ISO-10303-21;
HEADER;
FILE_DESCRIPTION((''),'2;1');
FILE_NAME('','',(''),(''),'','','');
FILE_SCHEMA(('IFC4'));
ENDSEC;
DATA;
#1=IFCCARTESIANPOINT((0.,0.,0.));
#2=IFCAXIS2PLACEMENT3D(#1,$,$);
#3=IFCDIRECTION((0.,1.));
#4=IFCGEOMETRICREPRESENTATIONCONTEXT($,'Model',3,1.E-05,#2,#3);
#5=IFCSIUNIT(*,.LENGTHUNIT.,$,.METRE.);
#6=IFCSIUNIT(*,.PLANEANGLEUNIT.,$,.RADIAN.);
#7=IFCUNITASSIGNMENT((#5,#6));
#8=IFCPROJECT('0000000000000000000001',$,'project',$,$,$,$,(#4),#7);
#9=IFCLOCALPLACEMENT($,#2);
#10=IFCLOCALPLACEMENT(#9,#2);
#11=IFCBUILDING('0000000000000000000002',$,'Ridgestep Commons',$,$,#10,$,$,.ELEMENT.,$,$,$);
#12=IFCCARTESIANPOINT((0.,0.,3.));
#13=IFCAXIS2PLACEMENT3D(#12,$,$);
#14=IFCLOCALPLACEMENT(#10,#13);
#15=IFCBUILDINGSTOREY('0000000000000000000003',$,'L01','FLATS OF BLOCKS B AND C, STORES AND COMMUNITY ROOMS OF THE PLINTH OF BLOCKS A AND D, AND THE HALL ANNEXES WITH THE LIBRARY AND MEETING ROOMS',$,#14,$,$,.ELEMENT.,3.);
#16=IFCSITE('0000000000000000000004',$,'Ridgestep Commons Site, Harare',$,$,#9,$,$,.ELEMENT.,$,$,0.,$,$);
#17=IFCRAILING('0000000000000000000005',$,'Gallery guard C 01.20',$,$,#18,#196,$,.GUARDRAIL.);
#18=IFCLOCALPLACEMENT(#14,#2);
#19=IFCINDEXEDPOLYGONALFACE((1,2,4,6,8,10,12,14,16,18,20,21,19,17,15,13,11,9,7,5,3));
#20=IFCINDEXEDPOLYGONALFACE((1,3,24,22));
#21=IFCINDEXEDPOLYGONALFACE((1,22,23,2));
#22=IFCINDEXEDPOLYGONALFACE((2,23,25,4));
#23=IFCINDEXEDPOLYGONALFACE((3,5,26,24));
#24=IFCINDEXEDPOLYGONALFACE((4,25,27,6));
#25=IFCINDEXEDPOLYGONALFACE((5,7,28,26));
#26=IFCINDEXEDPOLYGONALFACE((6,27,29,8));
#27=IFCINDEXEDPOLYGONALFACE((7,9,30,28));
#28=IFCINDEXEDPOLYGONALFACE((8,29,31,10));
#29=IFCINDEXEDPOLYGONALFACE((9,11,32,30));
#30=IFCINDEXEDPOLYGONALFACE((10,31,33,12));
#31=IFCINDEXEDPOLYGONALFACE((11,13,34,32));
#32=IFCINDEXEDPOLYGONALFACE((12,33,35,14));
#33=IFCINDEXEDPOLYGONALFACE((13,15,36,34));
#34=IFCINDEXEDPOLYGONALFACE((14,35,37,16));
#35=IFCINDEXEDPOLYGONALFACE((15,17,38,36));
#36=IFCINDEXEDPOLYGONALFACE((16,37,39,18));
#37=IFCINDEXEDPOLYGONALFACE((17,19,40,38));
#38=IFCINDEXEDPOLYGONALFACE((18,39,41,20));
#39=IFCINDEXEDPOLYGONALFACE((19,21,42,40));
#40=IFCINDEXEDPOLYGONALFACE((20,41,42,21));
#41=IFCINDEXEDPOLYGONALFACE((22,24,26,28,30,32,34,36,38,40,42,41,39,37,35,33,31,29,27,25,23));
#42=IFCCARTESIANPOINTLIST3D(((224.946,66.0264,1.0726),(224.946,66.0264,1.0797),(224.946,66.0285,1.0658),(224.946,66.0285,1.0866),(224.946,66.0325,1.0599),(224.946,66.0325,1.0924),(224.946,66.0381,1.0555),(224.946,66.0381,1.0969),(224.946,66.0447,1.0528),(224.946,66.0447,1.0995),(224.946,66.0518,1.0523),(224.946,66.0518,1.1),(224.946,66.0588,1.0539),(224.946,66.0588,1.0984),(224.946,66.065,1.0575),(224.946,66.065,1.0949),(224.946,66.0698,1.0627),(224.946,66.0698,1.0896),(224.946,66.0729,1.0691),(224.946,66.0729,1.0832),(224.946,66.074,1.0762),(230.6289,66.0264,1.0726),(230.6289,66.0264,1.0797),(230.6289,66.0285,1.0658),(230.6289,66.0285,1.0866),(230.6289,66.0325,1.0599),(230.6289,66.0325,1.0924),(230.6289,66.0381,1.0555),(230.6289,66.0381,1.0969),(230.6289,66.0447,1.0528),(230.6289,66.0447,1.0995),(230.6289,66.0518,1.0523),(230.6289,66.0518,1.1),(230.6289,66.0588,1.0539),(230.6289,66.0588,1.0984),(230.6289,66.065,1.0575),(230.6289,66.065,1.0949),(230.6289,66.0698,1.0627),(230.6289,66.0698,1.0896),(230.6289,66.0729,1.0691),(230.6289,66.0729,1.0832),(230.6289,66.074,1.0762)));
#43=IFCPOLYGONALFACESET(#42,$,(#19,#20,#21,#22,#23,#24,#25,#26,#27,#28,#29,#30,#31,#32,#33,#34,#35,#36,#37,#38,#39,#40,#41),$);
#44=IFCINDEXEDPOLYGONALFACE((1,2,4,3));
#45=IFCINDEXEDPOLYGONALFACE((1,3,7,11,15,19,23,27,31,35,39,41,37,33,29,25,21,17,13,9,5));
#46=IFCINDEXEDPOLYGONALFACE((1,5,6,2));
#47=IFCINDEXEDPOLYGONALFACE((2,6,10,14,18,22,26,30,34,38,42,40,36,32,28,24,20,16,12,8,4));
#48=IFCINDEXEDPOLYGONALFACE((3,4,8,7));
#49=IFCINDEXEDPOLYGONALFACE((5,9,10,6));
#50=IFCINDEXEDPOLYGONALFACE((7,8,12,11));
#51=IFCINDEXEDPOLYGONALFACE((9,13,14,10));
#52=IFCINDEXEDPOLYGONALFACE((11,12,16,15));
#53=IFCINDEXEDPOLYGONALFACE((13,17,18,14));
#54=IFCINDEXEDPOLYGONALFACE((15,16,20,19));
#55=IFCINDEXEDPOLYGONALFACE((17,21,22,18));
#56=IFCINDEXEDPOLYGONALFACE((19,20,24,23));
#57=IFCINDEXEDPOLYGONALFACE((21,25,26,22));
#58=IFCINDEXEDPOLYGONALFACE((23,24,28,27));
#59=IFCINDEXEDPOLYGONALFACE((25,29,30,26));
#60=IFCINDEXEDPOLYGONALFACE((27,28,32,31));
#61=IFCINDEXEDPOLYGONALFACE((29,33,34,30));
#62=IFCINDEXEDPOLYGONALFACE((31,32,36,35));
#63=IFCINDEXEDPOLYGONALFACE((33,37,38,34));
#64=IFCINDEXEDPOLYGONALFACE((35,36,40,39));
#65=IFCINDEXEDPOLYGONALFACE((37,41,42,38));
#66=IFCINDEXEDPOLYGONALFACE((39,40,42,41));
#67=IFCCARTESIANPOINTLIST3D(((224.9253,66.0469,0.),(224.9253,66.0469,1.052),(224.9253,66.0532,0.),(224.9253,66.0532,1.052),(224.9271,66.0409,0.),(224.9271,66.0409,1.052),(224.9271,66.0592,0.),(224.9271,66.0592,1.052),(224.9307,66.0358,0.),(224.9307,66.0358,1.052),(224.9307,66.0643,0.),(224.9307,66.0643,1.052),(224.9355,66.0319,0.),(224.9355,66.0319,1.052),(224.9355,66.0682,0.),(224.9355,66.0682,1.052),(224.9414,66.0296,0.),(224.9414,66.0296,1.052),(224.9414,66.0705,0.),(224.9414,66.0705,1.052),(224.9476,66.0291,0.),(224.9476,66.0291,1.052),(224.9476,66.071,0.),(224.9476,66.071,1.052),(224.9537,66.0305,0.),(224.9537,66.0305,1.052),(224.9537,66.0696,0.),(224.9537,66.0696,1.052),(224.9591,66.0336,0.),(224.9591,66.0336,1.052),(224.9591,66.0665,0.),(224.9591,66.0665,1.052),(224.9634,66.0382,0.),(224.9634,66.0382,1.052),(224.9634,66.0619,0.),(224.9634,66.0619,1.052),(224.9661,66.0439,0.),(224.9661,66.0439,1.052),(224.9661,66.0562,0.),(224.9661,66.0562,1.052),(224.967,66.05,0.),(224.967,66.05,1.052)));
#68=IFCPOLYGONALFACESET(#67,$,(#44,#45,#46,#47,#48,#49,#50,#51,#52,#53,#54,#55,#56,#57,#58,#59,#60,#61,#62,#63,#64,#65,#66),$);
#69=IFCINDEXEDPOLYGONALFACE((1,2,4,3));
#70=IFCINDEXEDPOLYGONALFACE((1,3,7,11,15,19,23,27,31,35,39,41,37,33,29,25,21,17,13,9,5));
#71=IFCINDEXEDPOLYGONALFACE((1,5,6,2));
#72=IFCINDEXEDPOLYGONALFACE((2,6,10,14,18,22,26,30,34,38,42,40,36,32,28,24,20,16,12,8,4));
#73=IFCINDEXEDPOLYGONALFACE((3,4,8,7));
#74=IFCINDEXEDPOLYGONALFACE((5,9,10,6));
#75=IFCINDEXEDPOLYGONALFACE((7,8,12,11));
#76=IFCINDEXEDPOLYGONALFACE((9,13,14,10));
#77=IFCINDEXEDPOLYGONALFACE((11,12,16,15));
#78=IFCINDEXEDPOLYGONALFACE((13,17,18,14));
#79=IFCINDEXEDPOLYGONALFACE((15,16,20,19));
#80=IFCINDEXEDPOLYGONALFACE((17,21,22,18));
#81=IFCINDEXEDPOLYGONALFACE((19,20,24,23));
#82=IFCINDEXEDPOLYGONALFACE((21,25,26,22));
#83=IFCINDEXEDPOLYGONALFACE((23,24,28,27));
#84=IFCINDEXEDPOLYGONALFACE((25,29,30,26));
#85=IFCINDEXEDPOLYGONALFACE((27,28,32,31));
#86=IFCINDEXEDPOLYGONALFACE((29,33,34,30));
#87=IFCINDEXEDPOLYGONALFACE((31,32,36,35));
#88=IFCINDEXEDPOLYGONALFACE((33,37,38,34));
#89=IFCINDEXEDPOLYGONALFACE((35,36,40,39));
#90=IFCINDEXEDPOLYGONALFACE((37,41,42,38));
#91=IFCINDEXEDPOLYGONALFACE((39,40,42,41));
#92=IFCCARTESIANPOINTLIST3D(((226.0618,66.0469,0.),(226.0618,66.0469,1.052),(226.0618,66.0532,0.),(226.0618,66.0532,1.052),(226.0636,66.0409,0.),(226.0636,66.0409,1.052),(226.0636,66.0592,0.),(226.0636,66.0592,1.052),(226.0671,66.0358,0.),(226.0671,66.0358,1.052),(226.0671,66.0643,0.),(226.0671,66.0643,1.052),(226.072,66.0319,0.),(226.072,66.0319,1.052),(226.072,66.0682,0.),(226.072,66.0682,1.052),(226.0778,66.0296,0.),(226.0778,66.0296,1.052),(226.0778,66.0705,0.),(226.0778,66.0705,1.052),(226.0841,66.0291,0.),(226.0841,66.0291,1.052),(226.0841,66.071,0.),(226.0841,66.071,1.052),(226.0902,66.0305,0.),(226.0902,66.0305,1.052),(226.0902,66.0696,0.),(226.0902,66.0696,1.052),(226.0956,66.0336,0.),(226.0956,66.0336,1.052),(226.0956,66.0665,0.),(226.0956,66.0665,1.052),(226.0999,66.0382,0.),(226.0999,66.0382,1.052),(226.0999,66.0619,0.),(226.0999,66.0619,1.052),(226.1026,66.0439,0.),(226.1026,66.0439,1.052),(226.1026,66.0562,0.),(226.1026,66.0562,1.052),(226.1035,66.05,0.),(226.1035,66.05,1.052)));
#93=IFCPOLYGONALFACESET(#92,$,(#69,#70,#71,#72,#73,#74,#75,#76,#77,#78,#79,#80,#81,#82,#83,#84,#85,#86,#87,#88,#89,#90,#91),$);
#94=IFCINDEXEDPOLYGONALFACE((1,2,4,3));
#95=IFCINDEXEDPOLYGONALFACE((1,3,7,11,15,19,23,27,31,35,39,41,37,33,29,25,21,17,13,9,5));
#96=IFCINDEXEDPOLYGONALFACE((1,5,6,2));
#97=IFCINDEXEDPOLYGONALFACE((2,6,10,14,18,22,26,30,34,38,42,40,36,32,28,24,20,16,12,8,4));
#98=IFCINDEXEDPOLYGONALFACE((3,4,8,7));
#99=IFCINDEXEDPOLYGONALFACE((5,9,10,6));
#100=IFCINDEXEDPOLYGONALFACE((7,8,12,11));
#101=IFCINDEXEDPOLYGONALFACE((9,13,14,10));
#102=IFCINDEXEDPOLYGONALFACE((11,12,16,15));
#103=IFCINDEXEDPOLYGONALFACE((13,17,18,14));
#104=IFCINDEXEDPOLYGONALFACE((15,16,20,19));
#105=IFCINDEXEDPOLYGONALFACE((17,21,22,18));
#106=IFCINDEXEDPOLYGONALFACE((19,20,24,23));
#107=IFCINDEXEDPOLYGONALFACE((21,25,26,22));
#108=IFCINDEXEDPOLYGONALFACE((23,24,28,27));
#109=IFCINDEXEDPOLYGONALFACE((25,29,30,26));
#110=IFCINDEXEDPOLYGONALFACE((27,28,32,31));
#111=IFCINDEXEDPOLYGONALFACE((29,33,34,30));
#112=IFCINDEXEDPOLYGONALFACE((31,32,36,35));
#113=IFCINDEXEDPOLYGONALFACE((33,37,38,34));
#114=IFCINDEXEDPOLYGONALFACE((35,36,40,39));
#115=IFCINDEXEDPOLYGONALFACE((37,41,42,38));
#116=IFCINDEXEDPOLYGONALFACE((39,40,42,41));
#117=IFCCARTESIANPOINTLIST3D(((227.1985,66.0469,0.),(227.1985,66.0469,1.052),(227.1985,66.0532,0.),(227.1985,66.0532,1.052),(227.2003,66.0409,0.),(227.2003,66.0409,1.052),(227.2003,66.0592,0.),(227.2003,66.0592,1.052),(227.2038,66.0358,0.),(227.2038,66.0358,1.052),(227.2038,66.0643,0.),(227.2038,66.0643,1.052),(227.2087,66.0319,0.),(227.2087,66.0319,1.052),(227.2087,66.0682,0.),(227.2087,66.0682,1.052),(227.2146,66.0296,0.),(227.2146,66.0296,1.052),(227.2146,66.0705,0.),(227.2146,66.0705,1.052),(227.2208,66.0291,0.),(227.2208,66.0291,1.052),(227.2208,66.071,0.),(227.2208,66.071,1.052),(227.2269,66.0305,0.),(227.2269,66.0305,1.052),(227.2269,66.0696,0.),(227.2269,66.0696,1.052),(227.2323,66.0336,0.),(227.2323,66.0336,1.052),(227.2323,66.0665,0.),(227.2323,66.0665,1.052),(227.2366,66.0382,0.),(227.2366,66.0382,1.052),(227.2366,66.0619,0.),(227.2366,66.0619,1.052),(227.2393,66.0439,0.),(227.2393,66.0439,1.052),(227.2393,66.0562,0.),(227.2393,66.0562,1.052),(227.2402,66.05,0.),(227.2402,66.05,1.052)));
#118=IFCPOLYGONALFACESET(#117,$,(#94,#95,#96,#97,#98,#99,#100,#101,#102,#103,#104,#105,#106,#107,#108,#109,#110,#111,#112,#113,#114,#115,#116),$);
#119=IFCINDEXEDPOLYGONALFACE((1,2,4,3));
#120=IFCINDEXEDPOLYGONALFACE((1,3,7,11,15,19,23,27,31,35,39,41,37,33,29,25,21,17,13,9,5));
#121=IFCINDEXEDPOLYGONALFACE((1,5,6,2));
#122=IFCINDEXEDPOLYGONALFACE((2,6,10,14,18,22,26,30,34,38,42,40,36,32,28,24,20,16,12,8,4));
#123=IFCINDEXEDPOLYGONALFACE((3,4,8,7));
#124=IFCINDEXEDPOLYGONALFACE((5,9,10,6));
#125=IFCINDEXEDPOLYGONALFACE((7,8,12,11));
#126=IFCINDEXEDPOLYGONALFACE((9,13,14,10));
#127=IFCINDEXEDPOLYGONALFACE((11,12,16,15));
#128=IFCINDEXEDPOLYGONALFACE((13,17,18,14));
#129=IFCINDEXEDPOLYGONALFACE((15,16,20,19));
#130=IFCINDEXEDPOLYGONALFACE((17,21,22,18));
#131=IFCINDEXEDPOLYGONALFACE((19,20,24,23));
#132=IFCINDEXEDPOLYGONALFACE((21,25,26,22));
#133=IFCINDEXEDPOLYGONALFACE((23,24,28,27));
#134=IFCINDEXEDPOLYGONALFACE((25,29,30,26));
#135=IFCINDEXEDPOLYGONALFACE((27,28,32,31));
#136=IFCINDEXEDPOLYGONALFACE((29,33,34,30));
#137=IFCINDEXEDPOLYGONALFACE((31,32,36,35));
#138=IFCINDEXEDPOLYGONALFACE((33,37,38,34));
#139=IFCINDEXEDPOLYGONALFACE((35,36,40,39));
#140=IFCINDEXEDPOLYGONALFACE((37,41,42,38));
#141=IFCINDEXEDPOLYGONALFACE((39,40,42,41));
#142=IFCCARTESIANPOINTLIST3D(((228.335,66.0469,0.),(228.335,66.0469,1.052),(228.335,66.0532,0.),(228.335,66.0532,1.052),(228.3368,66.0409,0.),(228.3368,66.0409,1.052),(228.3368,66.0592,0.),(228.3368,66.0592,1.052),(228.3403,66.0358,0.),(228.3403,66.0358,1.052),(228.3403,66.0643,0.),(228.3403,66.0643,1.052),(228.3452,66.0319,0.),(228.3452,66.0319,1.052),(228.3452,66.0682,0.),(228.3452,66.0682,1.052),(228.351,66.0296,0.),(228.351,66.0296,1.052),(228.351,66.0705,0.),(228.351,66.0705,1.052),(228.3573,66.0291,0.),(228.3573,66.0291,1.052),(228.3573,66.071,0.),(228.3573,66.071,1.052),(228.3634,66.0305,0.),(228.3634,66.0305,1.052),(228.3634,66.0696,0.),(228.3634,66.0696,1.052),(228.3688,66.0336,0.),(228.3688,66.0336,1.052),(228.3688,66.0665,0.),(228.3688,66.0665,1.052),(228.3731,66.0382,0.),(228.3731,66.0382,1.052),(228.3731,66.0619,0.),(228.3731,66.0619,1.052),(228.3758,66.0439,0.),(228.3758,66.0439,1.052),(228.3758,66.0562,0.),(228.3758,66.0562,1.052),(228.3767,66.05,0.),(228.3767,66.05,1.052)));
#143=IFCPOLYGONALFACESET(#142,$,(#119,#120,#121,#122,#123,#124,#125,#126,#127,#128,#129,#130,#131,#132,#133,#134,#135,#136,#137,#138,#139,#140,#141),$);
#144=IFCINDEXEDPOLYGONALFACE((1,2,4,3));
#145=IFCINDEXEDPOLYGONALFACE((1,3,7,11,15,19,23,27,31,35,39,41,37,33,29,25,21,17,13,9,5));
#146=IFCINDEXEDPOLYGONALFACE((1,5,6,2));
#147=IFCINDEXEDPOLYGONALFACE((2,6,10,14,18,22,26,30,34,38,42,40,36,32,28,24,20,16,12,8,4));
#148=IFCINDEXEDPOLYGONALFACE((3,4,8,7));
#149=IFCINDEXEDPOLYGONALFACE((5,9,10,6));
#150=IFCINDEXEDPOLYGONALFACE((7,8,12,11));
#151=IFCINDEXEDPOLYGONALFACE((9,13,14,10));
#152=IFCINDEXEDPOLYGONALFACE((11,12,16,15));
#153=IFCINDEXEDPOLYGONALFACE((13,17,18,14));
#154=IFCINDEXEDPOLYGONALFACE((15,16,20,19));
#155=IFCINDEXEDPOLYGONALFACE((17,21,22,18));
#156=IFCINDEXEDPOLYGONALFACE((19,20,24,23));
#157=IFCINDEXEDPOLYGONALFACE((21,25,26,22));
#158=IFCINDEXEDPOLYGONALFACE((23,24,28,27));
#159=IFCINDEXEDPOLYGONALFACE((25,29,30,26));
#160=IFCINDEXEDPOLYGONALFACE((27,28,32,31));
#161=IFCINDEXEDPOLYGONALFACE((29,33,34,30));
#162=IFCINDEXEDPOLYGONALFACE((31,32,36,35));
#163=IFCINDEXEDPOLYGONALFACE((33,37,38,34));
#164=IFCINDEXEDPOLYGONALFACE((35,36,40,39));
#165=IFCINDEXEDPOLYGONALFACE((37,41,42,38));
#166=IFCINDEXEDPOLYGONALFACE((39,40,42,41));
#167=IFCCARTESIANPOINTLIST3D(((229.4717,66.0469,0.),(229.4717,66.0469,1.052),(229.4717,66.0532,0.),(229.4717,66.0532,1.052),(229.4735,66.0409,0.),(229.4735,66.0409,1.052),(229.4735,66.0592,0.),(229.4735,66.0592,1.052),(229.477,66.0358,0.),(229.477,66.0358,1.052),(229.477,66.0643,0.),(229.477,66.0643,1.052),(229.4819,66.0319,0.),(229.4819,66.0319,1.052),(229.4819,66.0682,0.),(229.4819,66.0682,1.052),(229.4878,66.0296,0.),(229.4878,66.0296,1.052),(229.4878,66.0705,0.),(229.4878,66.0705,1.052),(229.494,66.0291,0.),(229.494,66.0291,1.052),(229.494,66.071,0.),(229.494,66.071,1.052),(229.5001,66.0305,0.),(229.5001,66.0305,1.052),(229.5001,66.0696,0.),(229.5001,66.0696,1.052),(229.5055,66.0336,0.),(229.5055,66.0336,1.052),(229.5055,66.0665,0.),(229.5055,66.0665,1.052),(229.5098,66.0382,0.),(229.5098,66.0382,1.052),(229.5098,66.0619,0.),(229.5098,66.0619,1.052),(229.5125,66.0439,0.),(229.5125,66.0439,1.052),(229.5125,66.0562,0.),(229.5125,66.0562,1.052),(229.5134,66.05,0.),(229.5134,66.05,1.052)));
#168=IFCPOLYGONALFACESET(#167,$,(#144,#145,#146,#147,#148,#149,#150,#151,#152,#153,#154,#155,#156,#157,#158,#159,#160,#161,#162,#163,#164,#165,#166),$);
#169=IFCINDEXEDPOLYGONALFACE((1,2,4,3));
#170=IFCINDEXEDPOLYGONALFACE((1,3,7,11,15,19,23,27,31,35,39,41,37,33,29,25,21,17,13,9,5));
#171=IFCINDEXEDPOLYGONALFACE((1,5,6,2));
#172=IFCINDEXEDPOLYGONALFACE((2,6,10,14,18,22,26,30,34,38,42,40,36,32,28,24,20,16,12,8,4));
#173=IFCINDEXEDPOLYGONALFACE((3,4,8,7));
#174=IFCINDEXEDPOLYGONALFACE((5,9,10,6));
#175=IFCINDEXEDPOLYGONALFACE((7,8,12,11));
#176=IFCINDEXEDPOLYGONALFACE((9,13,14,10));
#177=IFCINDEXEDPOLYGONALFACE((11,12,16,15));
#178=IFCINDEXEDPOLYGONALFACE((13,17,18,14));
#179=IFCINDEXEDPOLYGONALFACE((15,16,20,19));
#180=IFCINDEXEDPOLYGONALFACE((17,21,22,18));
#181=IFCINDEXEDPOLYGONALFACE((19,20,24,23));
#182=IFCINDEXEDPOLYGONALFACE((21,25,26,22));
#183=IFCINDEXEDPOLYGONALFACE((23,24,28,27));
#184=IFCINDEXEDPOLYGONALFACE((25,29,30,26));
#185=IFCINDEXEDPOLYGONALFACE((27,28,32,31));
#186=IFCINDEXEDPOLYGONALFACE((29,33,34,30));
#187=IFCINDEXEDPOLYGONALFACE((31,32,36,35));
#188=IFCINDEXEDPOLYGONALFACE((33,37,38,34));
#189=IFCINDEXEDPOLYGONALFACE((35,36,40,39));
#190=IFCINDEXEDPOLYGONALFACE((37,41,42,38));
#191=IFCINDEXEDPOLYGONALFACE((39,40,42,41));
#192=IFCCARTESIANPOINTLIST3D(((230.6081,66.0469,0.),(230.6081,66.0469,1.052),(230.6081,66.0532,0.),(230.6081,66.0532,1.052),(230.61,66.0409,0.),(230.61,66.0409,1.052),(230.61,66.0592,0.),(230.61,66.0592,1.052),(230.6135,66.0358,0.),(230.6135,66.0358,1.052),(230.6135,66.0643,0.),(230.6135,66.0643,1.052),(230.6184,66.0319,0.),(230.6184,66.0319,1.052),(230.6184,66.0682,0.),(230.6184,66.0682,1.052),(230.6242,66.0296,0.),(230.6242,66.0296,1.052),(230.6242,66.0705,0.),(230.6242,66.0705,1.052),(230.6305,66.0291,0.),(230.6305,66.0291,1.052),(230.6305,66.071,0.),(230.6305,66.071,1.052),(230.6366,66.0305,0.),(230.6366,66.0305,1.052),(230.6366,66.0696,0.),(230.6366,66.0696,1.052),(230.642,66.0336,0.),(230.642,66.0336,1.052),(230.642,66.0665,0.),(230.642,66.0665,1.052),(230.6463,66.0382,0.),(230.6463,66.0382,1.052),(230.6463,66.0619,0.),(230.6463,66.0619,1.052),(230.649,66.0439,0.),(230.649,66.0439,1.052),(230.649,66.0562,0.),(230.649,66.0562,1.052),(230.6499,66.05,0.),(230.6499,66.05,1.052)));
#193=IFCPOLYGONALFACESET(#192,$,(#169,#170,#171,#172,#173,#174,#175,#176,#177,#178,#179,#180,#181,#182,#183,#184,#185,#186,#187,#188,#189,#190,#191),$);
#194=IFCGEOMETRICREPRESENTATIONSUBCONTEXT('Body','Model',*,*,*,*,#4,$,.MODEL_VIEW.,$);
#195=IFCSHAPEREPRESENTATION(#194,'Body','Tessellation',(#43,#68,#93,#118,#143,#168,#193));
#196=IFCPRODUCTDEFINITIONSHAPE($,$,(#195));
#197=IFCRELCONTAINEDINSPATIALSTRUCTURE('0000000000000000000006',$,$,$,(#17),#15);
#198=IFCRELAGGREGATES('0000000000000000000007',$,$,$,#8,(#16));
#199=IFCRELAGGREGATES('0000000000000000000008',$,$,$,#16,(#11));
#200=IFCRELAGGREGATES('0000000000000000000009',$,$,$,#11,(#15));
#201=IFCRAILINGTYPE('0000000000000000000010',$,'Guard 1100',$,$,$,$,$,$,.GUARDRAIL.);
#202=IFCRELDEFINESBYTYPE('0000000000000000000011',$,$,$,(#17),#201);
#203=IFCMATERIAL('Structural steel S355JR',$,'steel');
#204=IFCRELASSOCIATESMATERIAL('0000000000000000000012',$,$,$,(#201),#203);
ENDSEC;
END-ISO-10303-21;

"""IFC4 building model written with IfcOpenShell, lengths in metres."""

from ifc_helpers import new_model, si_unit, direction, frame, origin, origin_2d, place, context, subcontext, project, spatial, circle, extrude, material, type_object, element, save


model = new_model("IFC4")

# Units and contexts
model_context = context("Model", 3, precision=1e-05, world=origin(), true_north=direction((0.0, 1.0)))
body_context = subcontext(model_context, "Body", "Model", "MODEL_VIEW")
ifc_project = project(units=[si_unit("LENGTHUNIT", "METRE"), si_unit("PLANEANGLEUNIT", "RADIAN")], contexts=[model_context])

# Site, building, storey
site_placement = place(None, origin())
site = spatial("IfcSite", under=ifc_project, at=site_placement, Name="Ridgestep Commons Site, Harare", CompositionType="ELEMENT", RefElevation=0.0)
building_placement = place(site_placement, origin())
building = spatial("IfcBuilding", under=site, at=building_placement, Name="Ridgestep Commons", CompositionType="ELEMENT")
storey_placement = place(building_placement, frame((0.0, 0.0, 3.0)))
storey = spatial("IfcBuildingStorey", under=building, at=storey_placement, Name="L01", Description="FLATS OF BLOCKS B AND C, STORES AND COMMUNITY ROOMS OF THE PLINTH OF BLOCKS A AND D, AND THE HALL ANNEXES WITH THE LIBRARY AND MEETING ROOMS", CompositionType="ELEMENT", Elevation=3.0)

# Railing
ifc_material_1 = material(Name="Structural steel S355JR", Category="steel")
railing_type = type_object("IfcRailingType", Name="Guard 1100", PredefinedType="GUARDRAIL", material=ifc_material_1)
railing_placement = place(storey_placement, frame((224.946, 66.05, 0.0)))
element("IfcRailing", 1, at=railing_placement, inside=storey, type_object=railing_type, Name="Gallery guard C 01.20", PredefinedType="GUARDRAIL", context=body_context, shape_type="SweptSolid", body=[
    extrude(circle(Radius=0.0239, at=origin_2d()), frame((0.0, 0.0, 1.0762), z_axis=(1.0, 0.0, 0.0), x_axis=(0.0, 1.0, 0.0)), (0.0, 0.0, 1.0), 5.6829),
    extrude(circle(Radius=0.021, at=origin_2d()), origin(), (0.0, 0.0, 1.0), 1.052),
    extrude(circle(Radius=0.021, at=origin_2d()), frame((1.1365, 0.0, 0.0)), (0.0, 0.0, 1.0), 1.052),
    extrude(circle(Radius=0.021, at=origin_2d()), frame((2.2732, 0.0, 0.0)), (0.0, 0.0, 1.0), 1.052),
    extrude(circle(Radius=0.021, at=origin_2d()), frame((3.4097, 0.0, 0.0)), (0.0, 0.0, 1.0), 1.052),
    extrude(circle(Radius=0.021, at=origin_2d()), frame((4.5464, 0.0, 0.0)), (0.0, 0.0, 1.0), 1.052),
    extrude(circle(Radius=0.021, at=origin_2d()), frame((5.6829, 0.0, 0.0)), (0.0, 0.0, 1.0), 1.052),
])

save(model, "model.ifc")
